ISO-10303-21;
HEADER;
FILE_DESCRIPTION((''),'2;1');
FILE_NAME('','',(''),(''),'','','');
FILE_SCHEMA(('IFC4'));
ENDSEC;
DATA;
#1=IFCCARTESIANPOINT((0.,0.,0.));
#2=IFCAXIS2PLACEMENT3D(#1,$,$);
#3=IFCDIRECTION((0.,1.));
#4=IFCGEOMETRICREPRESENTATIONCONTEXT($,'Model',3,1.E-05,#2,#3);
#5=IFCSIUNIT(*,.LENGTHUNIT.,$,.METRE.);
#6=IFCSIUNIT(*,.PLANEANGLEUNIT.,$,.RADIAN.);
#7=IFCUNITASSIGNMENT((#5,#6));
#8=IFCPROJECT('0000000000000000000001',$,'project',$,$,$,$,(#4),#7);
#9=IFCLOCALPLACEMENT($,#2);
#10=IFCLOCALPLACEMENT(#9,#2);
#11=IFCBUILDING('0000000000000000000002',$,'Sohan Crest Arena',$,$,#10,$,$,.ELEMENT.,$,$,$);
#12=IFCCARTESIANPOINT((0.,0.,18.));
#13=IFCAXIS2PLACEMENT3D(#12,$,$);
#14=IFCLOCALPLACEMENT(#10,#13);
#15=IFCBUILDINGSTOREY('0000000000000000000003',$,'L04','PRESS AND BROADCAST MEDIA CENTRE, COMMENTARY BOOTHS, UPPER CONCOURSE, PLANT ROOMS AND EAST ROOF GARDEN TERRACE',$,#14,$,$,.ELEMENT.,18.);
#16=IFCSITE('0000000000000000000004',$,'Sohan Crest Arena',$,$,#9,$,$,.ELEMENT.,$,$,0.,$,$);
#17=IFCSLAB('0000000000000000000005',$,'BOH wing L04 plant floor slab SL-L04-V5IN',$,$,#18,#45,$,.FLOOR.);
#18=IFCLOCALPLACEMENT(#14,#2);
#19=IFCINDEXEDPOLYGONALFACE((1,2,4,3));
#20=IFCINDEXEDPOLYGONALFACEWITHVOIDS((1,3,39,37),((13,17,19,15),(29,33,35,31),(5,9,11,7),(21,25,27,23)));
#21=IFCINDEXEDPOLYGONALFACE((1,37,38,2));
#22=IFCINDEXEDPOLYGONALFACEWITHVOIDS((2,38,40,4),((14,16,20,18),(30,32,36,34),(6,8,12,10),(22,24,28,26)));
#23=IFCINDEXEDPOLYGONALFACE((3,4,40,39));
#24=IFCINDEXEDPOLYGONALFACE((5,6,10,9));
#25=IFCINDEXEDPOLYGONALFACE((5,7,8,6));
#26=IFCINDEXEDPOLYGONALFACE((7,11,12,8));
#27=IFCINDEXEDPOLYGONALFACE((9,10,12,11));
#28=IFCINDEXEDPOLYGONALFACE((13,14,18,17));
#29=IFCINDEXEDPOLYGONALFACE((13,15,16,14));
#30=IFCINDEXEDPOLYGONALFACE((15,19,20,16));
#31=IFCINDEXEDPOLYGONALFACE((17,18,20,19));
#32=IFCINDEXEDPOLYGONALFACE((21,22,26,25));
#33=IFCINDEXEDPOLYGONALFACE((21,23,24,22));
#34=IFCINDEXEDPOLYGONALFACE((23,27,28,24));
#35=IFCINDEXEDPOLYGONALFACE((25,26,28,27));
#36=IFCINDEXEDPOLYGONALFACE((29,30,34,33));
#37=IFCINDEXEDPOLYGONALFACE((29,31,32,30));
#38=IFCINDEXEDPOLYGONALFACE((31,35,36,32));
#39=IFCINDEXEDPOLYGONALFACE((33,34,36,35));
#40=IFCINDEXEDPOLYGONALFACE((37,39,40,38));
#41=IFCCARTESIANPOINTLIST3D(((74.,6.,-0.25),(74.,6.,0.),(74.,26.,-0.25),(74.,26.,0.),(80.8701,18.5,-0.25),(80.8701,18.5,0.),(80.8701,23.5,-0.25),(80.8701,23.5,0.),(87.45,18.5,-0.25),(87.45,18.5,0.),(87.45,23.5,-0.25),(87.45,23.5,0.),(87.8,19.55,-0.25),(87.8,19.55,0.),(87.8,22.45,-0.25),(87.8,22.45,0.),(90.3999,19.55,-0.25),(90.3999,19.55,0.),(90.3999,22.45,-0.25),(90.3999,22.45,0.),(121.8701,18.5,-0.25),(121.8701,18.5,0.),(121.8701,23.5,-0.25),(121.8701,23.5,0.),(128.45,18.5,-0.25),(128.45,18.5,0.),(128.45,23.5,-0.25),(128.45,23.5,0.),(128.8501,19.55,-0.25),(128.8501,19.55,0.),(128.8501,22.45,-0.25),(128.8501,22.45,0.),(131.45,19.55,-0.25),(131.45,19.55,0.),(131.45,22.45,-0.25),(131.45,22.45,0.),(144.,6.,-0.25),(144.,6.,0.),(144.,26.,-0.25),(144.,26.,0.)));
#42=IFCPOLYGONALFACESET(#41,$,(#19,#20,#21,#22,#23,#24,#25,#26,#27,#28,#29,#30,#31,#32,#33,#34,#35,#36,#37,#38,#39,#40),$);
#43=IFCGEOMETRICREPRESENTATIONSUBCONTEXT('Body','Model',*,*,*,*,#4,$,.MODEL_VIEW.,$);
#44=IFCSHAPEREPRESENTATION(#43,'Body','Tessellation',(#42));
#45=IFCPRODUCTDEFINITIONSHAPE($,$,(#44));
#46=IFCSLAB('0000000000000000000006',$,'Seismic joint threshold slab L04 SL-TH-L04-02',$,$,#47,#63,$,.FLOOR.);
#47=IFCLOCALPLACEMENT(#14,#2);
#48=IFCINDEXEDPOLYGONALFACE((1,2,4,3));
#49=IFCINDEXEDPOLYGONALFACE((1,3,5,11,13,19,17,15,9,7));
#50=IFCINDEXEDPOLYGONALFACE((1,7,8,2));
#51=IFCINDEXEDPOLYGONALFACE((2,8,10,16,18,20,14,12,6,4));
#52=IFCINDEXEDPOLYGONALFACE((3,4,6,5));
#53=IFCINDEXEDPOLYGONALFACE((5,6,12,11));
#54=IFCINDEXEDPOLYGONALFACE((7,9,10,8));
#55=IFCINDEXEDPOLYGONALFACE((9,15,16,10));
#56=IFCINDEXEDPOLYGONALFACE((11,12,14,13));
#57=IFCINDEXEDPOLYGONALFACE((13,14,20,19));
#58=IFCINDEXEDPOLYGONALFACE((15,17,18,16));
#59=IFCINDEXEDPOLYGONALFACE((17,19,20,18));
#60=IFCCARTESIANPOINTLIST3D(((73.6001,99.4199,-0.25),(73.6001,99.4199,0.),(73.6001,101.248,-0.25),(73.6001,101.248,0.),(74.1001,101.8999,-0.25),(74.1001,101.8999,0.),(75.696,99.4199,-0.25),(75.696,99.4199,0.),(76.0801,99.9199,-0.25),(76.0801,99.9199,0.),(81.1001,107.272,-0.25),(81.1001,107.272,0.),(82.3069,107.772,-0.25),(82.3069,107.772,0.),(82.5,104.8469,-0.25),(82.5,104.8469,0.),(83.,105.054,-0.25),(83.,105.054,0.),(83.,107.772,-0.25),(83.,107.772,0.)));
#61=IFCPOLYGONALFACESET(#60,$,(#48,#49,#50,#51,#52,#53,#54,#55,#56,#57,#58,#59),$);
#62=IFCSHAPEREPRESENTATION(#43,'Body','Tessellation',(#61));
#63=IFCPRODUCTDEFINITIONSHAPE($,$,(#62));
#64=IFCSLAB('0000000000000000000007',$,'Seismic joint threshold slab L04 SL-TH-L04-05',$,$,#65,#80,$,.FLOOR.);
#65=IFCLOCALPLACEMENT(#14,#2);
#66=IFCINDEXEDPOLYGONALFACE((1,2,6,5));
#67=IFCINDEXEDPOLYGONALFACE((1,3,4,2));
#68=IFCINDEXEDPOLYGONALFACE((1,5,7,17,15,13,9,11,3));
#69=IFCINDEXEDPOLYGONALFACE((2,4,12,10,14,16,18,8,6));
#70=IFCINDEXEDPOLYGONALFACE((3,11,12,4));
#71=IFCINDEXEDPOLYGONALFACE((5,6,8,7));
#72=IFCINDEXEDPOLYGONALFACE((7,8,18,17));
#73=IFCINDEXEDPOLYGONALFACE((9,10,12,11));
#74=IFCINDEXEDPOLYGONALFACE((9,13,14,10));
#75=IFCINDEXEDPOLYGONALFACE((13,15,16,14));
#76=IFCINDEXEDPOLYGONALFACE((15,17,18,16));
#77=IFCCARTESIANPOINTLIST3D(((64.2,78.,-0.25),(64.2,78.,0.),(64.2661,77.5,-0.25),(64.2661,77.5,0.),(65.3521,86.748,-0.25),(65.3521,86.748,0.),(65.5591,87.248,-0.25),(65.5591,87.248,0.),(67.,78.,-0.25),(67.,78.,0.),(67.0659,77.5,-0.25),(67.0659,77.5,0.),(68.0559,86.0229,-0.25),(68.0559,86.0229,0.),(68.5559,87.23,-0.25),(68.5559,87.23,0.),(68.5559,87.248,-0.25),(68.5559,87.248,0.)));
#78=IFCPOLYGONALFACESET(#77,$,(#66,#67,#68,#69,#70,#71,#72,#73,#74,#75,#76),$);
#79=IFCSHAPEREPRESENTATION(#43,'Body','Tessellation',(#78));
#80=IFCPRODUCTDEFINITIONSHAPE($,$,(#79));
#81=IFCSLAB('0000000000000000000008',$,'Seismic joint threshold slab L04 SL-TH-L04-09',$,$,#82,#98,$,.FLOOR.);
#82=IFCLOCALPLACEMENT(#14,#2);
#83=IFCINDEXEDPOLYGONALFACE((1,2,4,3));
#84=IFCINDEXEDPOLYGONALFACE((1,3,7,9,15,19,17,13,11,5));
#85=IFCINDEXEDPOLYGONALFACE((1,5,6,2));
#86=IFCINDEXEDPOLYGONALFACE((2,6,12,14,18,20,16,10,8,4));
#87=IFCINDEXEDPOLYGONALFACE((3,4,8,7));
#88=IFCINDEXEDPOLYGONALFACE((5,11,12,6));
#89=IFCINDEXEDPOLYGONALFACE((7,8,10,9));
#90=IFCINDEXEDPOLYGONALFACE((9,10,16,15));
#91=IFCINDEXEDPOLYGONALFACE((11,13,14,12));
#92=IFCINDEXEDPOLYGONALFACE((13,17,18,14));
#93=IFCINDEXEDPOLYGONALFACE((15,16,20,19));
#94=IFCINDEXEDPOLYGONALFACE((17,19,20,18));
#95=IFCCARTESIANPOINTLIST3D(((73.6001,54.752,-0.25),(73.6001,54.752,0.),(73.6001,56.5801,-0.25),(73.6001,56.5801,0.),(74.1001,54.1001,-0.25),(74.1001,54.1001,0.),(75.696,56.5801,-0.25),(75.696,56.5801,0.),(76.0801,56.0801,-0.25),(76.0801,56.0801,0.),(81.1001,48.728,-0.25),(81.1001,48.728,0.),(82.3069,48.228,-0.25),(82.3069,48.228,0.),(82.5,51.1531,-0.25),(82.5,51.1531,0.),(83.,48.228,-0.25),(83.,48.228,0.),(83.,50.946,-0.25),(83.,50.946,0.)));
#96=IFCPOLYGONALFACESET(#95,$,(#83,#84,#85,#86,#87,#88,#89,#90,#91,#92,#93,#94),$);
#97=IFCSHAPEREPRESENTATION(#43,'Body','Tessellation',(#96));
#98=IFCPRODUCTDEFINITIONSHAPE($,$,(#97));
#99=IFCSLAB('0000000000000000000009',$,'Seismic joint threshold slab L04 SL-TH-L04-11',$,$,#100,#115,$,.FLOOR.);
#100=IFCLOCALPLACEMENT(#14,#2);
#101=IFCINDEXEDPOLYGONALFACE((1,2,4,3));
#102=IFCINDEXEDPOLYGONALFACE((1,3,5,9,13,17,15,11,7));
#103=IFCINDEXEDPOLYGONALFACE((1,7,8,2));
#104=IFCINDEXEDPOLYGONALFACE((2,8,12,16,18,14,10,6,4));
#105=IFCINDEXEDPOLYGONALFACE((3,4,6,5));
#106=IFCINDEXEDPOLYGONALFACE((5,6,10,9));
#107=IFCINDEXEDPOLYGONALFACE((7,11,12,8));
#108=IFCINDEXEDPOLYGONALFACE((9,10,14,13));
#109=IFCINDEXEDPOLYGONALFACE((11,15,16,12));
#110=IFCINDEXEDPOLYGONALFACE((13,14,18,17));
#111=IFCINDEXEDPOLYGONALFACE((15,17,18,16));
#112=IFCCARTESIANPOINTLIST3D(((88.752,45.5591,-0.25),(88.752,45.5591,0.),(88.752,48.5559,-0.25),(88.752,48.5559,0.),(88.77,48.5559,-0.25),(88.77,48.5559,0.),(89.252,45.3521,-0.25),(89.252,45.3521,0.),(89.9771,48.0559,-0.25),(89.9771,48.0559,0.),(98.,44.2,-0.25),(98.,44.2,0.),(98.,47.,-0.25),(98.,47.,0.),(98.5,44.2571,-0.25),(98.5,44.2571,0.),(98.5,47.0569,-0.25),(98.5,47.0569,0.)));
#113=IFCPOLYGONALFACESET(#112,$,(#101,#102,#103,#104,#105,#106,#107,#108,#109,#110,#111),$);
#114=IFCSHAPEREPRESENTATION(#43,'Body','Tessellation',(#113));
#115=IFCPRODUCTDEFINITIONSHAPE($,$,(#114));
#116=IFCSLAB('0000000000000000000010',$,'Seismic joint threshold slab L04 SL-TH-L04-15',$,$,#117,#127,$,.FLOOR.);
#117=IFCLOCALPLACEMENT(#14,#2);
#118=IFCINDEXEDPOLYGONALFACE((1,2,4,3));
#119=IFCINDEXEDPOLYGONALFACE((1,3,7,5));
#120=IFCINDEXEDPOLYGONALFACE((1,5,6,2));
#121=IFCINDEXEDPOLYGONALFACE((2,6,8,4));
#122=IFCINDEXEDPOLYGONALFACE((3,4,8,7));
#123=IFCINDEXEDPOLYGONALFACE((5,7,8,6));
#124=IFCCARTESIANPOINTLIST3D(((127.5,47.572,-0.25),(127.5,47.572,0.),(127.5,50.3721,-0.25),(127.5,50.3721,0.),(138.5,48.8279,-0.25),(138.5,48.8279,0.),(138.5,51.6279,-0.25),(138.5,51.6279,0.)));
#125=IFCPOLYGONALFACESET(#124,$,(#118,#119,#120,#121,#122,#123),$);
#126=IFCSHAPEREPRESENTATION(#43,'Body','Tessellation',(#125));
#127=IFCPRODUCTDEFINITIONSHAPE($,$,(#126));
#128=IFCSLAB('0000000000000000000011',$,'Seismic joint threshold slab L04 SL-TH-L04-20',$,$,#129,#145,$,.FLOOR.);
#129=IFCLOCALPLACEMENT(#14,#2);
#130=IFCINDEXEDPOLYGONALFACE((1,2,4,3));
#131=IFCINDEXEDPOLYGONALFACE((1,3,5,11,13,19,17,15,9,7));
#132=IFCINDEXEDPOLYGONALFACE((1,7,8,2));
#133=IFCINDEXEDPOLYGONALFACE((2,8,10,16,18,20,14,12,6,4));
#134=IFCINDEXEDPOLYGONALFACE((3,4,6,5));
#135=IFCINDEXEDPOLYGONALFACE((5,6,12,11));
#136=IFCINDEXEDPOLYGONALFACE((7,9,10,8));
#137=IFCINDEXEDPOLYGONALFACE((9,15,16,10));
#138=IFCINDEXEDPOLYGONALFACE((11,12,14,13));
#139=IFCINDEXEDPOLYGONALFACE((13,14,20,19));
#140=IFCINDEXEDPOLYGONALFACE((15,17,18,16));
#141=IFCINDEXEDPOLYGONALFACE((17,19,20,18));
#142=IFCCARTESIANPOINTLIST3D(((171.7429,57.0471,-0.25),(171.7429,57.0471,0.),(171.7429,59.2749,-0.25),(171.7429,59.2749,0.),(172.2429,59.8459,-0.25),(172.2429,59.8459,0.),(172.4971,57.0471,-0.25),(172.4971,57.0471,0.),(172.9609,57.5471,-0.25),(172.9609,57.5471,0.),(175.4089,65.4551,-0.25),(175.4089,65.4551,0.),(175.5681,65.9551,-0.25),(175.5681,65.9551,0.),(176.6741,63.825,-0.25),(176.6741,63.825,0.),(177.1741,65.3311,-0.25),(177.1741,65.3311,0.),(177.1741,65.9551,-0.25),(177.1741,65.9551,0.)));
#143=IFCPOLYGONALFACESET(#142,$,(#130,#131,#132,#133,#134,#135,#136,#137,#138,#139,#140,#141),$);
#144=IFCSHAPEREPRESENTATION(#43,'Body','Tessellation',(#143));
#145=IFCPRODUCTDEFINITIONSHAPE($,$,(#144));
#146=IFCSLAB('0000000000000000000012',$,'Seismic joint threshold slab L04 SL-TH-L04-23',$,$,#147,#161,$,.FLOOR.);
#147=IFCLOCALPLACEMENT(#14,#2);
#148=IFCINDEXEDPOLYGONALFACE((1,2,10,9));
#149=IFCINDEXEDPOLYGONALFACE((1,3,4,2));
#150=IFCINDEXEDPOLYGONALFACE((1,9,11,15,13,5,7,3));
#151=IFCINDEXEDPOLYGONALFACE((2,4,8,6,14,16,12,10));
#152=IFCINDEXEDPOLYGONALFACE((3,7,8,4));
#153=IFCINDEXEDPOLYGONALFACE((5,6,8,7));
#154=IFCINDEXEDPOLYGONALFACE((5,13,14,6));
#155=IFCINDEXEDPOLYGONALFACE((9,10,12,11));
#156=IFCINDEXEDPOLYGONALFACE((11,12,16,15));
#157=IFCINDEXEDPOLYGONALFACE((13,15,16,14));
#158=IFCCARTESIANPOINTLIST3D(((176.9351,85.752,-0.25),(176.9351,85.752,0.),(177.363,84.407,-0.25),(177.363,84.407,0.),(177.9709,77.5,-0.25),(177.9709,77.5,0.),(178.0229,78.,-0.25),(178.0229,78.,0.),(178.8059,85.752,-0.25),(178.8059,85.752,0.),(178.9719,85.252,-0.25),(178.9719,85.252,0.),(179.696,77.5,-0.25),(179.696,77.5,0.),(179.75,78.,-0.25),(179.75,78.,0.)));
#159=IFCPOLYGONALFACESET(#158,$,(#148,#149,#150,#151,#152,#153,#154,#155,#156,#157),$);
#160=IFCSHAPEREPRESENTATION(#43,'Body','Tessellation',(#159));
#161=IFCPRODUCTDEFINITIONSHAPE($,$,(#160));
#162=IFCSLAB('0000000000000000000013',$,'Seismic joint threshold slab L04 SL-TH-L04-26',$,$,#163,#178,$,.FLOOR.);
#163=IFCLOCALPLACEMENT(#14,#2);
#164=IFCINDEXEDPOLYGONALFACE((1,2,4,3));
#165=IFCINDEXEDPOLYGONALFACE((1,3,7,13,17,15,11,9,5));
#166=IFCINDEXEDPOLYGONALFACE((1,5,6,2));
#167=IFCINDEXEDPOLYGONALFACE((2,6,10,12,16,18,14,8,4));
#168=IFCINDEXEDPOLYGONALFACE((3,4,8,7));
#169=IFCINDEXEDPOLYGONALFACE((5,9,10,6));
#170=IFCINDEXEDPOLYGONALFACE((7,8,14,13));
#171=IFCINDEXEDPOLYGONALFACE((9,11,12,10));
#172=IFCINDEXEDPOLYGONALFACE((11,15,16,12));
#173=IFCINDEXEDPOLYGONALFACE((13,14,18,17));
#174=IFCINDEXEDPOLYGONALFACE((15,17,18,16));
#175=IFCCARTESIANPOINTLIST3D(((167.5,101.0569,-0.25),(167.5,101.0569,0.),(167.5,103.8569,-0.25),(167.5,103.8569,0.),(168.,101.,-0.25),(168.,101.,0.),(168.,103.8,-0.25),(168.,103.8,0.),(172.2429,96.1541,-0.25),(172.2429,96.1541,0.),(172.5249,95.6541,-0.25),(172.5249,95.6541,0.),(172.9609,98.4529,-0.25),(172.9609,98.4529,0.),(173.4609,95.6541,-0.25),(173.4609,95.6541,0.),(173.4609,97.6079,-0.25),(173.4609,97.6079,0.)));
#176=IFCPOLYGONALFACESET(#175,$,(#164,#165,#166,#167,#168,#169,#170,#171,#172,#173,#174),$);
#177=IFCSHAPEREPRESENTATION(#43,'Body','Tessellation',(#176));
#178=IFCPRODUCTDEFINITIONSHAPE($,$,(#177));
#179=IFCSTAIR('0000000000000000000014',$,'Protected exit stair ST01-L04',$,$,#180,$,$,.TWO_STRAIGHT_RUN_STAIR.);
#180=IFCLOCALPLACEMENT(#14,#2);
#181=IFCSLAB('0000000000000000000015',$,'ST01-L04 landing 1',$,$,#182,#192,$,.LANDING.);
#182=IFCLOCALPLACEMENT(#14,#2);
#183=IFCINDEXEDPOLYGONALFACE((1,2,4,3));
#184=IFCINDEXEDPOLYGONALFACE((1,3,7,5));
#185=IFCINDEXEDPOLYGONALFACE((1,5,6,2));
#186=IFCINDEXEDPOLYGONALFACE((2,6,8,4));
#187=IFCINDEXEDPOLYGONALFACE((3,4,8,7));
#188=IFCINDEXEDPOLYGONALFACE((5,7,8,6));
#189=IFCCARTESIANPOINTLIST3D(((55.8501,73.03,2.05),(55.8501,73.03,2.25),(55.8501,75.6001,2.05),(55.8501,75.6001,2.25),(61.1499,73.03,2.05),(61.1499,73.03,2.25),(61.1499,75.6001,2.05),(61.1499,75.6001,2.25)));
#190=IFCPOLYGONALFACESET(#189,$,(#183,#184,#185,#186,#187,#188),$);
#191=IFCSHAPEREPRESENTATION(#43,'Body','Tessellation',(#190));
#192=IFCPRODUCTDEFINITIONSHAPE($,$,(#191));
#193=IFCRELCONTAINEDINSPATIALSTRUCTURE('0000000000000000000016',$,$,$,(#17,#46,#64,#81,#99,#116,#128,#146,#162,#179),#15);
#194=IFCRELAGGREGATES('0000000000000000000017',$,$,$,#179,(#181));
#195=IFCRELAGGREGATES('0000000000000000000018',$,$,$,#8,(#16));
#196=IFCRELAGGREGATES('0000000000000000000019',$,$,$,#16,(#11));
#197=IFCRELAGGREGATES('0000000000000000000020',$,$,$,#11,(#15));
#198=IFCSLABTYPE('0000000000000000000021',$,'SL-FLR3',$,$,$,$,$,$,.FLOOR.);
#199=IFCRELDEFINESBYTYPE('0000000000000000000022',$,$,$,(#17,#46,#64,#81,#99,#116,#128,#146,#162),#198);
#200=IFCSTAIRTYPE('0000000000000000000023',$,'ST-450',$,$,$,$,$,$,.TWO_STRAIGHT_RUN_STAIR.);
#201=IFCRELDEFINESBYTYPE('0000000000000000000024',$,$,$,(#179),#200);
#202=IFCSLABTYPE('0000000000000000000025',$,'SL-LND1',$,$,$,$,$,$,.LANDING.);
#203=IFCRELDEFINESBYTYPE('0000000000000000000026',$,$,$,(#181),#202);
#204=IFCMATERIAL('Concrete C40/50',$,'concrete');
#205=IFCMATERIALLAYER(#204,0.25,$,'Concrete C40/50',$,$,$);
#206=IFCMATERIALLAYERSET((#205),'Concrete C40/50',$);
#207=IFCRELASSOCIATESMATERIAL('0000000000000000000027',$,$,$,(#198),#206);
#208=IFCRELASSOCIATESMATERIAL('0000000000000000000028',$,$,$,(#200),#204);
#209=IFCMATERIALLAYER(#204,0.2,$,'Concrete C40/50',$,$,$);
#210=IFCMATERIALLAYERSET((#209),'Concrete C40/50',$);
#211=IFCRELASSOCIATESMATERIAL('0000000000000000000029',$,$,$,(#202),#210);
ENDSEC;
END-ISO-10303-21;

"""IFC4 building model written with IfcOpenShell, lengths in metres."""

from ifc_helpers import new_model, si_unit, direction, frame, origin, place, context, subcontext, project, spatial, polyline, outline, extrude, material, layer, layer_set, type_object, element, aggregate, save


model = new_model("IFC4")

# Units and contexts
model_context = context("Model", 3, precision=1e-05, world=origin(), true_north=direction((0.0, 1.0)))
body_context = subcontext(model_context, "Body", "Model", "MODEL_VIEW")
ifc_project = project(units=[si_unit("LENGTHUNIT", "METRE"), si_unit("PLANEANGLEUNIT", "RADIAN")], contexts=[model_context])

# Site, building, storey
site_placement = place(None, origin())
site = spatial("IfcSite", under=ifc_project, at=site_placement, Name="Sohan Crest Arena", CompositionType="ELEMENT", RefElevation=0.0)
building_placement = place(site_placement, origin())
building = spatial("IfcBuilding", under=site, at=building_placement, Name="Sohan Crest Arena", CompositionType="ELEMENT")
storey_placement = place(building_placement, frame((0.0, 0.0, 18.0)))
storey = spatial("IfcBuildingStorey", under=building, at=storey_placement, Name="L04", Description="PRESS AND BROADCAST MEDIA CENTRE, COMMENTARY BOOTHS, UPPER CONCOURSE, PLANT ROOMS AND EAST ROOF GARDEN TERRACE", CompositionType="ELEMENT", Elevation=18.0)

# Slabs
ifc_material_1 = material(Name="Concrete C40/50", Category="concrete")
ifc_layer_1 = layer(ifc_material_1, 0.25, Name="Concrete C40/50")
ifc_layer_set_1 = layer_set([ifc_layer_1], Name="Concrete C40/50")
slab_type_1 = type_object("IfcSlabType", Name="SL-FLR3", PredefinedType="FLOOR", material=ifc_layer_set_1)
slab_1_placement = place(storey_placement, frame((0.0, 0.0, -0.25)))
element("IfcSlab", 1, at=slab_1_placement, inside=storey, type_object=slab_type_1, Name="BOH wing L04 plant floor slab SL-L04-V5IN", PredefinedType="FLOOR", context=body_context, shape_type="SweptSolid", body=[
    extrude(outline(polyline([(74.0, 6.0), (74.0, 26.0), (144.0, 26.0), (144.0, 6.0), (74.0, 6.0)]), holes=[polyline([(87.45, 18.5), (87.45, 23.5), (80.8701, 23.5), (80.8701, 18.5), (87.45, 18.5)]), polyline([(87.8, 19.55), (90.3999, 19.55), (90.3999, 22.45), (87.8, 22.45), (87.8, 19.55)]), polyline([(121.8701, 23.5), (121.8701, 18.5), (128.45, 18.5), (128.45, 23.5), (121.8701, 23.5)]), polyline([(131.45, 22.45), (128.8501, 22.45), (128.8501, 19.55), (131.45, 19.55), (131.45, 22.45)])]), origin(), (0.0, 0.0, 1.0), 0.25),
])
slab_2_placement = place(storey_placement, frame((0.0, 0.0, -0.25)))
element("IfcSlab", 2, at=slab_2_placement, inside=storey, type_object=slab_type_1, Name="Seismic joint threshold slab L04 SL-TH-L04-02", PredefinedType="FLOOR", context=body_context, shape_type="SweptSolid", body=[
    extrude(outline(polyline([(74.1001, 101.8999), (81.1001, 107.272), (82.3069, 107.772), (83.0, 107.772), (83.0, 105.054), (82.5, 104.8469), (76.0801, 99.9199), (75.696, 99.4199), (73.6001, 99.4199), (73.6001, 101.248), (74.1001, 101.8999)])), origin(), (0.0, 0.0, 1.0), 0.25),
])
slab_3_placement = place(storey_placement, frame((0.0, 0.0, -0.25)))
element("IfcSlab", 3, at=slab_3_placement, inside=storey, type_object=slab_type_1, Name="Seismic joint threshold slab L04 SL-TH-L04-05", PredefinedType="FLOOR", context=body_context, shape_type="SweptSolid", body=[
    extrude(outline(polyline([(64.2, 78.0), (65.3521, 86.748), (65.5591, 87.248), (68.5559, 87.248), (68.5559, 87.23), (68.0559, 86.0229), (67.0, 78.0), (67.0659, 77.5), (64.2661, 77.5), (64.2, 78.0)])), origin(), (0.0, 0.0, 1.0), 0.25),
])
slab_4_placement = place(storey_placement, frame((0.0, 0.0, -0.25)))
element("IfcSlab", 4, at=slab_4_placement, inside=storey, type_object=slab_type_1, Name="Seismic joint threshold slab L04 SL-TH-L04-09", PredefinedType="FLOOR", context=body_context, shape_type="SweptSolid", body=[
    extrude(outline(polyline([(81.1001, 48.728), (74.1001, 54.1001), (73.6001, 54.752), (73.6001, 56.5801), (75.696, 56.5801), (76.0801, 56.0801), (82.5, 51.1531), (83.0, 50.946), (83.0, 48.228), (82.3069, 48.228), (81.1001, 48.728)])), origin(), (0.0, 0.0, 1.0), 0.25),
])
slab_5_placement = place(storey_placement, frame((0.0, 0.0, -0.25)))
element("IfcSlab", 5, at=slab_5_placement, inside=storey, type_object=slab_type_1, Name="Seismic joint threshold slab L04 SL-TH-L04-11", PredefinedType="FLOOR", context=body_context, shape_type="SweptSolid", body=[
    extrude(outline(polyline([(98.0, 44.2), (89.252, 45.3521), (88.752, 45.5591), (88.752, 48.5559), (88.77, 48.5559), (89.9771, 48.0559), (98.0, 47.0), (98.5, 47.0569), (98.5, 44.2571), (98.0, 44.2)])), origin(), (0.0, 0.0, 1.0), 0.25),
])
slab_6_placement = place(storey_placement, frame((0.0, 0.0, -0.25)))
element("IfcSlab", 6, at=slab_6_placement, inside=storey, type_object=slab_type_1, Name="Seismic joint threshold slab L04 SL-TH-L04-15", PredefinedType="FLOOR", context=body_context, shape_type="SweptSolid", body=[
    extrude(outline(polyline([(138.5, 48.8279), (127.5, 47.572), (127.5, 50.3721), (138.5, 51.6279), (138.5, 48.8279)])), origin(), (0.0, 0.0, 1.0), 0.25),
])
slab_7_placement = place(storey_placement, frame((0.0, 0.0, -0.25)))
element("IfcSlab", 7, at=slab_7_placement, inside=storey, type_object=slab_type_1, Name="Seismic joint threshold slab L04 SL-TH-L04-20", PredefinedType="FLOOR", context=body_context, shape_type="SweptSolid", body=[
    extrude(outline(polyline([(176.6741, 63.825), (172.9609, 57.5471), (172.4971, 57.0471), (171.7429, 57.0471), (171.7429, 59.2749), (172.2429, 59.8459), (175.4089, 65.4551), (175.5681, 65.9551), (177.1741, 65.9551), (177.1741, 65.3311), (176.6741, 63.825)])), origin(), (0.0, 0.0, 1.0), 0.25),
])
slab_8_placement = place(storey_placement, frame((0.0, 0.0, -0.25)))
element("IfcSlab", 8, at=slab_8_placement, inside=storey, type_object=slab_type_1, Name="Seismic joint threshold slab L04 SL-TH-L04-23", PredefinedType="FLOOR", context=body_context, shape_type="SweptSolid", body=[
    extrude(outline(polyline([(178.9719, 85.252), (179.75, 78.0), (179.696, 77.5), (177.9709, 77.5), (178.0229, 78.0), (177.363, 84.407), (176.9351, 85.752), (178.8059, 85.752), (178.9719, 85.252)])), origin(), (0.0, 0.0, 1.0), 0.25),
])
slab_9_placement = place(storey_placement, frame((0.0, 0.0, -0.25)))
element("IfcSlab", 9, at=slab_9_placement, inside=storey, type_object=slab_type_1, Name="Seismic joint threshold slab L04 SL-TH-L04-26", PredefinedType="FLOOR", context=body_context, shape_type="SweptSolid", body=[
    extrude(outline(polyline([(168.0, 103.8), (172.9609, 98.4529), (173.4609, 97.6079), (173.4609, 95.6541), (172.5249, 95.6541), (172.2429, 96.1541), (168.0, 101.0), (167.5, 101.0569), (167.5, 103.8569), (168.0, 103.8)])), origin(), (0.0, 0.0, 1.0), 0.25),
])

# Stair, slab
stair_type = type_object("IfcStairType", Name="ST-450", PredefinedType="TWO_STRAIGHT_RUN_STAIR", material=ifc_material_1)
stair_1_placement = place(storey_placement, origin())
stair_1 = element("IfcStair", 10, at=stair_1_placement, inside=storey, type_object=stair_type, Name="Protected exit stair ST01-L04", PredefinedType="TWO_STRAIGHT_RUN_STAIR")
ifc_layer_2 = layer(ifc_material_1, 0.2, Name="Concrete C40/50")
ifc_layer_set_2 = layer_set([ifc_layer_2], Name="Concrete C40/50")
slab_type_2 = type_object("IfcSlabType", Name="SL-LND1", PredefinedType="LANDING", material=ifc_layer_set_2)
slab_10_placement = place(storey_placement, frame((0.0, 0.0, 2.05)))
slab_10 = element("IfcSlab", 11, at=slab_10_placement, type_object=slab_type_2, Name="ST01-L04 landing 1", PredefinedType="LANDING", context=body_context, shape_type="SweptSolid", body=[
    extrude(outline(polyline([(55.8501, 73.03), (61.1499, 73.03), (61.1499, 75.6001), (55.8501, 75.6001), (55.8501, 73.03)])), origin(), (0.0, 0.0, 1.0), 0.2),
])
aggregate(stair_1, [slab_10])

save(model, "model.ifc")
